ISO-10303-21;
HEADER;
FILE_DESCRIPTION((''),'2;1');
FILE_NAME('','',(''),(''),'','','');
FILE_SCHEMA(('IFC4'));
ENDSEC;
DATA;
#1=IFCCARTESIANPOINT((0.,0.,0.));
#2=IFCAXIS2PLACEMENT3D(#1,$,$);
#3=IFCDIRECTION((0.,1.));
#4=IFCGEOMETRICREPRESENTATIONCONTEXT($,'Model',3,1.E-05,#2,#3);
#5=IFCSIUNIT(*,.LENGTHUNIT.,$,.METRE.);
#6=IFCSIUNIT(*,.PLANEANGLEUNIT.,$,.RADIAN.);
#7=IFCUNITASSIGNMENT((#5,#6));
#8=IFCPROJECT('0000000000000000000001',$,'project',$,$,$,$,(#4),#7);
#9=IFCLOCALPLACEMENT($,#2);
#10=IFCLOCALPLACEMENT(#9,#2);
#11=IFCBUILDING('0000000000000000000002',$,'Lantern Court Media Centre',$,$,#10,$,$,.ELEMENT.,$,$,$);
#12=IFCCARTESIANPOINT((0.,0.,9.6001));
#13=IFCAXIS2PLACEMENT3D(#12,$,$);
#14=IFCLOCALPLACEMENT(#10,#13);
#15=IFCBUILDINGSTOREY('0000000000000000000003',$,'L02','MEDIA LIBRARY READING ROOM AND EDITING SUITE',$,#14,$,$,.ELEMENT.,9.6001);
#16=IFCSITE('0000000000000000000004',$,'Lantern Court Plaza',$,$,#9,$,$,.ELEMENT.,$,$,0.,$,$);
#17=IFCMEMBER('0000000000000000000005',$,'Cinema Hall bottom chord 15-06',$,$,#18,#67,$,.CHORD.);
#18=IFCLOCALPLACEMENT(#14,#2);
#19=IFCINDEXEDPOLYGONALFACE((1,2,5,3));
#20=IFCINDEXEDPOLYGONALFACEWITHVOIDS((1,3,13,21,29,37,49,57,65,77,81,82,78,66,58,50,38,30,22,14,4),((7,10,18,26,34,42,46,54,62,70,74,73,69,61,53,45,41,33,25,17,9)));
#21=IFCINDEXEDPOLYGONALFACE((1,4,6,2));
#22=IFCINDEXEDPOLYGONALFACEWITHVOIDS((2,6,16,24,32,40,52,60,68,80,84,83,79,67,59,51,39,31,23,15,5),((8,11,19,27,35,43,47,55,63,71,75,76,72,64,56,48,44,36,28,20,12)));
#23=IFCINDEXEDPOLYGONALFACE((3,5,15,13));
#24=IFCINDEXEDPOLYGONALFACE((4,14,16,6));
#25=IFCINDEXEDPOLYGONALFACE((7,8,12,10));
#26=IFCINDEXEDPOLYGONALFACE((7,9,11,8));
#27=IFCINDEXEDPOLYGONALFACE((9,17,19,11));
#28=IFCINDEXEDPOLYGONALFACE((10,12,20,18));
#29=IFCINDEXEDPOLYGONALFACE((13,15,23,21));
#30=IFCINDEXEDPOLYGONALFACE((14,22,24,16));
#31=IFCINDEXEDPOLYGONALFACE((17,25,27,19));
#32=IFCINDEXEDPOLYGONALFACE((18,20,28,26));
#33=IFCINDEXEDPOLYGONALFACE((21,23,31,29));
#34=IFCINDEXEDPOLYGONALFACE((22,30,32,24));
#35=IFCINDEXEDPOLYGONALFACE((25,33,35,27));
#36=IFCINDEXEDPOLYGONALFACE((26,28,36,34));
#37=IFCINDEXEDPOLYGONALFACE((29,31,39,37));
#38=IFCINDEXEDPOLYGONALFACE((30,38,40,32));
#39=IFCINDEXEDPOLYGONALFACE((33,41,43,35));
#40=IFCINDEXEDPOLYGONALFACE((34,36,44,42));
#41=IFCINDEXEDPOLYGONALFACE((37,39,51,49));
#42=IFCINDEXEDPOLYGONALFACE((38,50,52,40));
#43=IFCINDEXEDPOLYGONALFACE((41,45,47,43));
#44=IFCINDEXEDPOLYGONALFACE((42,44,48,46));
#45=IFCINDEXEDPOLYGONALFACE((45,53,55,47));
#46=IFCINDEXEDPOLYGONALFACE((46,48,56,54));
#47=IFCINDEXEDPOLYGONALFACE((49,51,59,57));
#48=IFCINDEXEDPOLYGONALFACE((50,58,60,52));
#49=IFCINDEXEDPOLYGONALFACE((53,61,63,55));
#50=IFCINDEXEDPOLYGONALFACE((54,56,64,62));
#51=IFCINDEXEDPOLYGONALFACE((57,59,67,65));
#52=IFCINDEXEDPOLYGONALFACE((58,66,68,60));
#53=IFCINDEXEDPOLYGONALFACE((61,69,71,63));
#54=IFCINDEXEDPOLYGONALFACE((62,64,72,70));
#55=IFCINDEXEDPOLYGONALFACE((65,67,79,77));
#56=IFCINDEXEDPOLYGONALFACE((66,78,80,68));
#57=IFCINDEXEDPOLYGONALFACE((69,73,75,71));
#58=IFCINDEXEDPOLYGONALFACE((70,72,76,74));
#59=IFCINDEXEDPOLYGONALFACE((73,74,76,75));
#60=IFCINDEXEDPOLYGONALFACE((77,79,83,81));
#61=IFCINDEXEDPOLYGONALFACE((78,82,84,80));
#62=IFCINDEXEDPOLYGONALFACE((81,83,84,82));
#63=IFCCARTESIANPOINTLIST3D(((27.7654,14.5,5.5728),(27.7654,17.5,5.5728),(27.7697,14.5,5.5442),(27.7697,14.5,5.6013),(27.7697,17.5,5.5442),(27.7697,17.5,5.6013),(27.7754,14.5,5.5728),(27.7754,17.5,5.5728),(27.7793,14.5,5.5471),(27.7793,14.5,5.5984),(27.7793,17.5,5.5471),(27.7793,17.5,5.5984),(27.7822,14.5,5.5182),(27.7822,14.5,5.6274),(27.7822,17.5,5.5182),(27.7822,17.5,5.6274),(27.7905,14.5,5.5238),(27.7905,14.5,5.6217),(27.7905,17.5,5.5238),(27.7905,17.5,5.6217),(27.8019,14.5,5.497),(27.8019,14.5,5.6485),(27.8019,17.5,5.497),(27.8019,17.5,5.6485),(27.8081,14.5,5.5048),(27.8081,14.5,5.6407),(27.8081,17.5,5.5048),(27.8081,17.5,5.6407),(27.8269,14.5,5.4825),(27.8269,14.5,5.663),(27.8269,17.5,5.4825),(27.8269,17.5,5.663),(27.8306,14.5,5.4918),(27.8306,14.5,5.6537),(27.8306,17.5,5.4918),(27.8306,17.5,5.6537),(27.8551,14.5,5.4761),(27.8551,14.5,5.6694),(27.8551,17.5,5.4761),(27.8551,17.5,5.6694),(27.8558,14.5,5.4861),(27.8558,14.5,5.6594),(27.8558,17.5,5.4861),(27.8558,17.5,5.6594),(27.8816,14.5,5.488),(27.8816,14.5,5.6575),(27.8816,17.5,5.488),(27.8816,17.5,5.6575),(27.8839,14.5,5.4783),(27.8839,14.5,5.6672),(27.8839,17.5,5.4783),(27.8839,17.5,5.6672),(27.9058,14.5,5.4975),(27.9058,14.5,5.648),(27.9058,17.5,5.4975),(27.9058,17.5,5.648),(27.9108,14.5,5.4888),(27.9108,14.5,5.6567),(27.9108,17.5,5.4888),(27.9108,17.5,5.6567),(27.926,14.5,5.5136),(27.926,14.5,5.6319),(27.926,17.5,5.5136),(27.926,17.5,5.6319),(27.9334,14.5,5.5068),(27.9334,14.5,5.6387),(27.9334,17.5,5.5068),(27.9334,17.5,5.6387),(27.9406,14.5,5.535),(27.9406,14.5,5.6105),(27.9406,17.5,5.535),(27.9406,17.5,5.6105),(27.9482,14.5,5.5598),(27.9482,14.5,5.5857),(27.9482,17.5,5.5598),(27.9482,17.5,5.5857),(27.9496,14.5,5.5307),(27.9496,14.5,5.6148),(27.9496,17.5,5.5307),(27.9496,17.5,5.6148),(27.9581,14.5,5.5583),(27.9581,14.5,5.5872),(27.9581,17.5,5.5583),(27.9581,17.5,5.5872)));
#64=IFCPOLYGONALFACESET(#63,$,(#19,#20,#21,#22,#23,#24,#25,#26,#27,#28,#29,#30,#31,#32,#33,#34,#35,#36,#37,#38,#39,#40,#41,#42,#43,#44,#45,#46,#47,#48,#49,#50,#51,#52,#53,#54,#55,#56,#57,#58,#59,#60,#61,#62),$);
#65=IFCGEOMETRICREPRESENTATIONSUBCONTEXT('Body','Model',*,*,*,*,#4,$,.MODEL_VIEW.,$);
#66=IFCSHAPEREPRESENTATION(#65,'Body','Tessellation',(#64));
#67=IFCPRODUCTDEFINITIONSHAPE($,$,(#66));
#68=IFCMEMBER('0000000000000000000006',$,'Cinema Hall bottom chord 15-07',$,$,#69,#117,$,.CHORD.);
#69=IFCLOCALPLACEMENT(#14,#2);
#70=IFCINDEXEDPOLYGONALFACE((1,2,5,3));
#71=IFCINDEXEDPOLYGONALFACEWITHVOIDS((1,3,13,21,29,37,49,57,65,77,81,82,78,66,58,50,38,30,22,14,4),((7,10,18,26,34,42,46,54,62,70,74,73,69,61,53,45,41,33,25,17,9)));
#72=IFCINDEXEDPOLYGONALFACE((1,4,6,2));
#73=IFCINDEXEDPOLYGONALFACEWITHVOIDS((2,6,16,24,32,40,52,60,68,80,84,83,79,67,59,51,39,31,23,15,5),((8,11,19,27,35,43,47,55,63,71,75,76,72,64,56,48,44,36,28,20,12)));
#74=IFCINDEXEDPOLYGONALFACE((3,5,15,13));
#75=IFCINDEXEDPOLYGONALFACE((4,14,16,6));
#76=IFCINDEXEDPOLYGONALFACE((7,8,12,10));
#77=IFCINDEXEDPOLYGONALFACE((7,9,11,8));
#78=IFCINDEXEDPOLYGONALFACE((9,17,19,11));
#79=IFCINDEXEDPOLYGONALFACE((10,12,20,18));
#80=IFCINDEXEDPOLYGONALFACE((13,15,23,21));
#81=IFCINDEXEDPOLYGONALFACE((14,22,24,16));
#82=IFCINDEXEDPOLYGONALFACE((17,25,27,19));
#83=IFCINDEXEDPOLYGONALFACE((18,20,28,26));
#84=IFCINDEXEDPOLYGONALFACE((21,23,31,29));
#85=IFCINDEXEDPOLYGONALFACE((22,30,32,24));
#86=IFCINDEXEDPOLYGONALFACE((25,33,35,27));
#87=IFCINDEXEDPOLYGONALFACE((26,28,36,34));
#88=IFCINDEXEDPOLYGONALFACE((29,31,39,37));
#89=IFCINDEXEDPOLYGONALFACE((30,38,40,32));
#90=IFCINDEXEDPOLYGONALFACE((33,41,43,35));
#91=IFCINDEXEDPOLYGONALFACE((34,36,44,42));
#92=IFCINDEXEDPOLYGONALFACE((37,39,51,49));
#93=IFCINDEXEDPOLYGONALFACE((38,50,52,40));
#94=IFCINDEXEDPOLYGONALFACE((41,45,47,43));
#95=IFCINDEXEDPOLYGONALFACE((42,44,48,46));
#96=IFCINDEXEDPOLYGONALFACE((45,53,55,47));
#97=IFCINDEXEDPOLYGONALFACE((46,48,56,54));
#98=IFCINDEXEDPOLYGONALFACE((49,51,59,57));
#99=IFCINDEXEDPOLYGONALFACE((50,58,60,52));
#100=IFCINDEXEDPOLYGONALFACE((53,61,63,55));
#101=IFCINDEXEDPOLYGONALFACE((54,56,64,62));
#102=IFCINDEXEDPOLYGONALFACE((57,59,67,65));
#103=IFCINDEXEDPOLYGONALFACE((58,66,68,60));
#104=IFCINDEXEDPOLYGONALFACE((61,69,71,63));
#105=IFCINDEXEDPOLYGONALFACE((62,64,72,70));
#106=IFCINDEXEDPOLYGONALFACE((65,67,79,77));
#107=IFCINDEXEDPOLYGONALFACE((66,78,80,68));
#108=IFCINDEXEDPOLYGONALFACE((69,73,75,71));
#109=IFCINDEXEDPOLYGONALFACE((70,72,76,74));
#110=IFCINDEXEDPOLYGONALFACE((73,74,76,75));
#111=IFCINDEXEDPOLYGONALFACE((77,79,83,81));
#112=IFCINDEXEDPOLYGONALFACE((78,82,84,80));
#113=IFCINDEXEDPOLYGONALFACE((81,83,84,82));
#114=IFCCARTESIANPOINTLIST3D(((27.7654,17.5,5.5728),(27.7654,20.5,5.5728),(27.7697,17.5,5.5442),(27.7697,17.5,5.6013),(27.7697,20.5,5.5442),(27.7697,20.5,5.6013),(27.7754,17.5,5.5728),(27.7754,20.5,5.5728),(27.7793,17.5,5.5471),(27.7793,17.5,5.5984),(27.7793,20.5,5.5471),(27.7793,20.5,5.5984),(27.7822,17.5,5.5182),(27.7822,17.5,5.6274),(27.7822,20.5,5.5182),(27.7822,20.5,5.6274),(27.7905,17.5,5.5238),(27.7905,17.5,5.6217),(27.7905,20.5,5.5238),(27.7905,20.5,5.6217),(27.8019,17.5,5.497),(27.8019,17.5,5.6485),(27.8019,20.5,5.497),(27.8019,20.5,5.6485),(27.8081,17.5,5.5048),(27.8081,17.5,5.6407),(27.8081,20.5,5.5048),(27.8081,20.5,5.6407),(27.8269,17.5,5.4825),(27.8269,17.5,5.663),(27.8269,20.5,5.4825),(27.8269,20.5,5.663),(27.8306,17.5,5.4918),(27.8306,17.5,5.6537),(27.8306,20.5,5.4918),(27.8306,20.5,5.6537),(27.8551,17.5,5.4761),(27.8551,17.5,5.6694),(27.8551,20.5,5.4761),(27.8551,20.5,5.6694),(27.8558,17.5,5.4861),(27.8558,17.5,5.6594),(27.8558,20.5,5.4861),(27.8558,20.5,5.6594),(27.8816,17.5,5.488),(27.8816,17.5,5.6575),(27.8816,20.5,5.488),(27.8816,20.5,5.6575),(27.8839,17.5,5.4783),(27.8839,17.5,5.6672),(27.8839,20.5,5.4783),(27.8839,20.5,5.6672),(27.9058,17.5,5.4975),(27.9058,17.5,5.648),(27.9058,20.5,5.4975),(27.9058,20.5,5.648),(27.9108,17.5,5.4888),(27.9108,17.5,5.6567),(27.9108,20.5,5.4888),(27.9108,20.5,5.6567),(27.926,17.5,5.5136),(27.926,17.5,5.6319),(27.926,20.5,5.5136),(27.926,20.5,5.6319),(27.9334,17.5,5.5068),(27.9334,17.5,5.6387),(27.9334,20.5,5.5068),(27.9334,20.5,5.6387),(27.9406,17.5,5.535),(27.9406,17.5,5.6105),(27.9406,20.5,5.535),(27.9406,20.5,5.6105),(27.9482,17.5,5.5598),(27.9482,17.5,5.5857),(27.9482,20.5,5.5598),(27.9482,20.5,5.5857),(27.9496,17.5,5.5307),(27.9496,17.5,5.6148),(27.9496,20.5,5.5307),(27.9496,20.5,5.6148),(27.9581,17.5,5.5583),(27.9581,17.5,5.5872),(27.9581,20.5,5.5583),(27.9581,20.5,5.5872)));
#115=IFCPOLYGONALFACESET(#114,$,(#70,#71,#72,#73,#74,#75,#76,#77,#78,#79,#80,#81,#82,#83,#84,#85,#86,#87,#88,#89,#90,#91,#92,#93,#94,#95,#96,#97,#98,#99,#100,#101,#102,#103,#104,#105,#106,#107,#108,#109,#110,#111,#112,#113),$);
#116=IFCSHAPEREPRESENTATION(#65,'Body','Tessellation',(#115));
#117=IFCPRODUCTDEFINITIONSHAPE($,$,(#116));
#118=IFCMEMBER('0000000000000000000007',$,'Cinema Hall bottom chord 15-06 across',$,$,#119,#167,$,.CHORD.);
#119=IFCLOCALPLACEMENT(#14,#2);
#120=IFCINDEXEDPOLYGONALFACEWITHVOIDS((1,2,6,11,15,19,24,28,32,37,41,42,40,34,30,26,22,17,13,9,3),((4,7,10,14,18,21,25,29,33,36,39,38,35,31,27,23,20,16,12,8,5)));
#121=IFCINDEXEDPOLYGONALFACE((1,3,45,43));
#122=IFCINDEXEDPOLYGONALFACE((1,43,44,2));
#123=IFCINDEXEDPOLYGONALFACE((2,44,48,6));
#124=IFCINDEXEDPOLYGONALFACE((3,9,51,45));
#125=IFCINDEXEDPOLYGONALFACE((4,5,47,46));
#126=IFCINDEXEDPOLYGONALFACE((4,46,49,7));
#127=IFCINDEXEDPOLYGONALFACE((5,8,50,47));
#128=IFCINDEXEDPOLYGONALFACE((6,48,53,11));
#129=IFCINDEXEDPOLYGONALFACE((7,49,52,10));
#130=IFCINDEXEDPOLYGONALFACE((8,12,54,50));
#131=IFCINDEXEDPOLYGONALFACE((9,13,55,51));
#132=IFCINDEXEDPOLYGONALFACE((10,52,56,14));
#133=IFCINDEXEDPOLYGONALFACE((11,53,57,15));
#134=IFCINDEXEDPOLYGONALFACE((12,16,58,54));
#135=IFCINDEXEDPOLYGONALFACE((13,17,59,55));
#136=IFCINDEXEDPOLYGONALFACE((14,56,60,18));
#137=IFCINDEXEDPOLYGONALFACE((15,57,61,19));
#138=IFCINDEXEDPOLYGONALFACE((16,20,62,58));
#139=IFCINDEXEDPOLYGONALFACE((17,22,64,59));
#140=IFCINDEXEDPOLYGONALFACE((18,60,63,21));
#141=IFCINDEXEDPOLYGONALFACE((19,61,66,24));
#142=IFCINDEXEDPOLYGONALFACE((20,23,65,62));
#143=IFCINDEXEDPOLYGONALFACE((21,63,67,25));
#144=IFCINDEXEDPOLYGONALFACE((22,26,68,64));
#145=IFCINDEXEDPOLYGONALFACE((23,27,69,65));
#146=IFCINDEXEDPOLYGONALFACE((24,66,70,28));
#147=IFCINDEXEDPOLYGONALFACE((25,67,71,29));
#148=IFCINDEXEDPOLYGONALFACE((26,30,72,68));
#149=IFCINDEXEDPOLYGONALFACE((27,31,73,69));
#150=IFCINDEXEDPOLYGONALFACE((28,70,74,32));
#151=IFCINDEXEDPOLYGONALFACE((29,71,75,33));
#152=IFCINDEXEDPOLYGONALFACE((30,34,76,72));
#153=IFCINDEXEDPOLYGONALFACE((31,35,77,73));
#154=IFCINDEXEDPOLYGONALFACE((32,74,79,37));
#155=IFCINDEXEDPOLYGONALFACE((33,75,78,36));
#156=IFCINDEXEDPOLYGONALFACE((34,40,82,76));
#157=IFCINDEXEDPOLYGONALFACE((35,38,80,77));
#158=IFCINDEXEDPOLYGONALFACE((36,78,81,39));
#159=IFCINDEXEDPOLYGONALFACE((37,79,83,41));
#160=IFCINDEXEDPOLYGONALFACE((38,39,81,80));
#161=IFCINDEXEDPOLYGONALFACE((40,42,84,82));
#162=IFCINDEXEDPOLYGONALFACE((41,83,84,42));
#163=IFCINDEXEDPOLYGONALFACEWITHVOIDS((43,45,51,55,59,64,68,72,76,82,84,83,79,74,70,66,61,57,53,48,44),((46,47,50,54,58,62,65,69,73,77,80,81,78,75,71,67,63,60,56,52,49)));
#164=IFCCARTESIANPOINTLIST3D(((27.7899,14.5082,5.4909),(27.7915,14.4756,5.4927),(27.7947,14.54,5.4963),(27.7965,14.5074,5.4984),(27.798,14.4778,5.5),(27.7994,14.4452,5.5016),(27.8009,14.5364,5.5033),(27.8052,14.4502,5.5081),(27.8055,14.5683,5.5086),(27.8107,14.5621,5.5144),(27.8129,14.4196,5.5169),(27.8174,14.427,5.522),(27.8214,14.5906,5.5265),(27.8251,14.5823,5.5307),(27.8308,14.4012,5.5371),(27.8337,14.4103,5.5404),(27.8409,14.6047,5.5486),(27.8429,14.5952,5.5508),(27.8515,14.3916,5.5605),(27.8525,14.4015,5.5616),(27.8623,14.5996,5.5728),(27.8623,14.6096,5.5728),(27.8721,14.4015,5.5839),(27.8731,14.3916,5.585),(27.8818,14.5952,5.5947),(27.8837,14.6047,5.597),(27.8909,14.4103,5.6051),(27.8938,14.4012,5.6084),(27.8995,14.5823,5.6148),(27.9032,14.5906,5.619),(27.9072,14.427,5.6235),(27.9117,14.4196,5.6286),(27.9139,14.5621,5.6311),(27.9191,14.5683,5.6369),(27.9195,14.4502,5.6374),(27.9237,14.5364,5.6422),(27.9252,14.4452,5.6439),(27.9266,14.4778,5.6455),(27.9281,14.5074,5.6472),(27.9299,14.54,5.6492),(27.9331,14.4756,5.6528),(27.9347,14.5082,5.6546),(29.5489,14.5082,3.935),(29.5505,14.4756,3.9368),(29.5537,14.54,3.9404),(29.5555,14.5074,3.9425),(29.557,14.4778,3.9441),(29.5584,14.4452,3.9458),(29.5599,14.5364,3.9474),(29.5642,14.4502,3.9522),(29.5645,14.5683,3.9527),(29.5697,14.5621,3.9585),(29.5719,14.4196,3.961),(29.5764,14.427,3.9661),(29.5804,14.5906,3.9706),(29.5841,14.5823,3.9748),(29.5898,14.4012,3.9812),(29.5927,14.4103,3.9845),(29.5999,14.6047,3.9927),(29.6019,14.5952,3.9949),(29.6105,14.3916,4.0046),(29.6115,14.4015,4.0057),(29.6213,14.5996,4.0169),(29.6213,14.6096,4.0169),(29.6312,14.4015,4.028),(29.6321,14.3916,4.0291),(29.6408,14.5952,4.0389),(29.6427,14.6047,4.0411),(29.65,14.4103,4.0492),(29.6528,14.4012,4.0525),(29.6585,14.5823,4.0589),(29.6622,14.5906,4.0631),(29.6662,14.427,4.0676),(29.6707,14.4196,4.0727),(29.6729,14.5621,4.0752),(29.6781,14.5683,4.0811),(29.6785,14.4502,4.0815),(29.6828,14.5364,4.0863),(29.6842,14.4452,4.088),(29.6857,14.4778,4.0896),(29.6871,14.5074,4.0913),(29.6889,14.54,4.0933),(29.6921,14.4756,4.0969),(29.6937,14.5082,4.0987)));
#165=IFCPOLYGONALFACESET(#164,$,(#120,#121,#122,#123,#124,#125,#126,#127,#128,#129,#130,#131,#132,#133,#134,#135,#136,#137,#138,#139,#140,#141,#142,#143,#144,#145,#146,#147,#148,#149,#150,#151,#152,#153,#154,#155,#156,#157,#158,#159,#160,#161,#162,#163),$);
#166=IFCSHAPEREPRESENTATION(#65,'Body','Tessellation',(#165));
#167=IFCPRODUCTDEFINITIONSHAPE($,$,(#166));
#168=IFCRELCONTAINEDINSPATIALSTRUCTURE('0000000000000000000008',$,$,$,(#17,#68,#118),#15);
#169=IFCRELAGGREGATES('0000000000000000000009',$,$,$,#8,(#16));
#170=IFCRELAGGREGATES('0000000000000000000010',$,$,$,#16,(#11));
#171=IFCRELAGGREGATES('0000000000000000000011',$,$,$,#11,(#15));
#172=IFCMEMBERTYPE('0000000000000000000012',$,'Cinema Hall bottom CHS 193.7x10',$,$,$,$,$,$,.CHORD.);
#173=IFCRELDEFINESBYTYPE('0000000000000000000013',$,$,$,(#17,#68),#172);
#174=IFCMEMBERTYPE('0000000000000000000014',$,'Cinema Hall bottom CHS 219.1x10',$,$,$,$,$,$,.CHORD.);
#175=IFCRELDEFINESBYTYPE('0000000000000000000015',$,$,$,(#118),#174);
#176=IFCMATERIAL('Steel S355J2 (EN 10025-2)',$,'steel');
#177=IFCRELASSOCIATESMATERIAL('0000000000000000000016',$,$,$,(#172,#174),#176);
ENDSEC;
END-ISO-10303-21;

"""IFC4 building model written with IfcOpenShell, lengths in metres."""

from ifc_helpers import new_model, si_unit, direction, frame, origin, origin_2d, place, context, subcontext, project, spatial, hollow_circle, extrude, material, material_profile, profile_set, type_object, element, save


model = new_model("IFC4")

# Units and contexts
model_context = context("Model", 3, precision=1e-05, world=origin(), true_north=direction((0.0, 1.0)))
body_context = subcontext(model_context, "Body", "Model", "MODEL_VIEW")
ifc_project = project(units=[si_unit("LENGTHUNIT", "METRE"), si_unit("PLANEANGLEUNIT", "RADIAN")], contexts=[model_context])

# Site, building, storey
site_placement = place(None, origin())
site = spatial("IfcSite", under=ifc_project, at=site_placement, Name="Lantern Court Plaza", CompositionType="ELEMENT", RefElevation=0.0)
building_placement = place(site_placement, origin())
building = spatial("IfcBuilding", under=site, at=building_placement, Name="Lantern Court Media Centre", CompositionType="ELEMENT")
storey_placement = place(building_placement, frame((0.0, 0.0, 9.6001)))
storey = spatial("IfcBuildingStorey", under=building, at=storey_placement, Name="L02", Description="MEDIA LIBRARY READING ROOM AND EDITING SUITE", CompositionType="ELEMENT", Elevation=9.6001)

# Members
ifc_material = material(Name="Steel S355J2 (EN 10025-2)", Category="steel")
ifc_material_profile_1 = material_profile(ifc_material, hollow_circle(Radius=0.0969, WallThickness=0.01, at=origin_2d()), Name="Cinema Hall bottom CHS 193.7x10")
ifc_profile_set_1 = profile_set([ifc_material_profile_1], Name="Steel S355J2 (EN 10025-2)")
member_type_1 = type_object("IfcMemberType", Name="Cinema Hall bottom CHS 193.7x10", PredefinedType="CHORD", material=ifc_profile_set_1)
for number, where, z_axis, x_axis, name in (
    (1, (27.8623, 14.5, 5.5728), (0.0, 1.0, 0.0), (-1.0, 0.0, 0.0), "Cinema Hall bottom chord 15-06"),
    (2, (27.8623, 17.5, 5.5728), (0.0, 1.0, 0.0), (-1.0, 0.0, 0.0), "Cinema Hall bottom chord 15-07"),
):
    element("IfcMember", number, at=place(storey_placement, frame(where, z_axis=z_axis, x_axis=x_axis)), inside=storey, type_object=member_type_1, Name=name, PredefinedType="CHORD", context=body_context, shape_type="SweptSolid", body=[
        extrude(hollow_circle(Radius=0.0969, WallThickness=0.01, at=origin_2d()), origin(), (0.0, 0.0, 1.0), 3.0),
    ])
ifc_material_profile_2 = material_profile(ifc_material, hollow_circle(Radius=0.1096, WallThickness=0.01, at=origin_2d()), Name="Cinema Hall bottom CHS 219.1x10")
ifc_profile_set_2 = profile_set([ifc_material_profile_2], Name="Steel S355J2 (EN 10025-2)")
member_type_2 = type_object("IfcMemberType", Name="Cinema Hall bottom CHS 219.1x10", PredefinedType="CHORD", material=ifc_profile_set_2)
for number, where, z_axis, x_axis, name in (
    (3, (27.8623, 14.5, 5.5728), (0.74903, 0.0, -0.662536), (0.0, 1.0, 0.0), "Cinema Hall bottom chord 15-06 across"),
):
    element("IfcMember", number, at=place(storey_placement, frame(where, z_axis=z_axis, x_axis=x_axis)), inside=storey, type_object=member_type_2, Name=name, PredefinedType="CHORD", context=body_context, shape_type="SweptSolid", body=[
        extrude(hollow_circle(Radius=0.1096, WallThickness=0.01, at=origin_2d()), origin(), (0.0, 0.0, 1.0), 2.3484),
    ])

save(model, "model.ifc")
